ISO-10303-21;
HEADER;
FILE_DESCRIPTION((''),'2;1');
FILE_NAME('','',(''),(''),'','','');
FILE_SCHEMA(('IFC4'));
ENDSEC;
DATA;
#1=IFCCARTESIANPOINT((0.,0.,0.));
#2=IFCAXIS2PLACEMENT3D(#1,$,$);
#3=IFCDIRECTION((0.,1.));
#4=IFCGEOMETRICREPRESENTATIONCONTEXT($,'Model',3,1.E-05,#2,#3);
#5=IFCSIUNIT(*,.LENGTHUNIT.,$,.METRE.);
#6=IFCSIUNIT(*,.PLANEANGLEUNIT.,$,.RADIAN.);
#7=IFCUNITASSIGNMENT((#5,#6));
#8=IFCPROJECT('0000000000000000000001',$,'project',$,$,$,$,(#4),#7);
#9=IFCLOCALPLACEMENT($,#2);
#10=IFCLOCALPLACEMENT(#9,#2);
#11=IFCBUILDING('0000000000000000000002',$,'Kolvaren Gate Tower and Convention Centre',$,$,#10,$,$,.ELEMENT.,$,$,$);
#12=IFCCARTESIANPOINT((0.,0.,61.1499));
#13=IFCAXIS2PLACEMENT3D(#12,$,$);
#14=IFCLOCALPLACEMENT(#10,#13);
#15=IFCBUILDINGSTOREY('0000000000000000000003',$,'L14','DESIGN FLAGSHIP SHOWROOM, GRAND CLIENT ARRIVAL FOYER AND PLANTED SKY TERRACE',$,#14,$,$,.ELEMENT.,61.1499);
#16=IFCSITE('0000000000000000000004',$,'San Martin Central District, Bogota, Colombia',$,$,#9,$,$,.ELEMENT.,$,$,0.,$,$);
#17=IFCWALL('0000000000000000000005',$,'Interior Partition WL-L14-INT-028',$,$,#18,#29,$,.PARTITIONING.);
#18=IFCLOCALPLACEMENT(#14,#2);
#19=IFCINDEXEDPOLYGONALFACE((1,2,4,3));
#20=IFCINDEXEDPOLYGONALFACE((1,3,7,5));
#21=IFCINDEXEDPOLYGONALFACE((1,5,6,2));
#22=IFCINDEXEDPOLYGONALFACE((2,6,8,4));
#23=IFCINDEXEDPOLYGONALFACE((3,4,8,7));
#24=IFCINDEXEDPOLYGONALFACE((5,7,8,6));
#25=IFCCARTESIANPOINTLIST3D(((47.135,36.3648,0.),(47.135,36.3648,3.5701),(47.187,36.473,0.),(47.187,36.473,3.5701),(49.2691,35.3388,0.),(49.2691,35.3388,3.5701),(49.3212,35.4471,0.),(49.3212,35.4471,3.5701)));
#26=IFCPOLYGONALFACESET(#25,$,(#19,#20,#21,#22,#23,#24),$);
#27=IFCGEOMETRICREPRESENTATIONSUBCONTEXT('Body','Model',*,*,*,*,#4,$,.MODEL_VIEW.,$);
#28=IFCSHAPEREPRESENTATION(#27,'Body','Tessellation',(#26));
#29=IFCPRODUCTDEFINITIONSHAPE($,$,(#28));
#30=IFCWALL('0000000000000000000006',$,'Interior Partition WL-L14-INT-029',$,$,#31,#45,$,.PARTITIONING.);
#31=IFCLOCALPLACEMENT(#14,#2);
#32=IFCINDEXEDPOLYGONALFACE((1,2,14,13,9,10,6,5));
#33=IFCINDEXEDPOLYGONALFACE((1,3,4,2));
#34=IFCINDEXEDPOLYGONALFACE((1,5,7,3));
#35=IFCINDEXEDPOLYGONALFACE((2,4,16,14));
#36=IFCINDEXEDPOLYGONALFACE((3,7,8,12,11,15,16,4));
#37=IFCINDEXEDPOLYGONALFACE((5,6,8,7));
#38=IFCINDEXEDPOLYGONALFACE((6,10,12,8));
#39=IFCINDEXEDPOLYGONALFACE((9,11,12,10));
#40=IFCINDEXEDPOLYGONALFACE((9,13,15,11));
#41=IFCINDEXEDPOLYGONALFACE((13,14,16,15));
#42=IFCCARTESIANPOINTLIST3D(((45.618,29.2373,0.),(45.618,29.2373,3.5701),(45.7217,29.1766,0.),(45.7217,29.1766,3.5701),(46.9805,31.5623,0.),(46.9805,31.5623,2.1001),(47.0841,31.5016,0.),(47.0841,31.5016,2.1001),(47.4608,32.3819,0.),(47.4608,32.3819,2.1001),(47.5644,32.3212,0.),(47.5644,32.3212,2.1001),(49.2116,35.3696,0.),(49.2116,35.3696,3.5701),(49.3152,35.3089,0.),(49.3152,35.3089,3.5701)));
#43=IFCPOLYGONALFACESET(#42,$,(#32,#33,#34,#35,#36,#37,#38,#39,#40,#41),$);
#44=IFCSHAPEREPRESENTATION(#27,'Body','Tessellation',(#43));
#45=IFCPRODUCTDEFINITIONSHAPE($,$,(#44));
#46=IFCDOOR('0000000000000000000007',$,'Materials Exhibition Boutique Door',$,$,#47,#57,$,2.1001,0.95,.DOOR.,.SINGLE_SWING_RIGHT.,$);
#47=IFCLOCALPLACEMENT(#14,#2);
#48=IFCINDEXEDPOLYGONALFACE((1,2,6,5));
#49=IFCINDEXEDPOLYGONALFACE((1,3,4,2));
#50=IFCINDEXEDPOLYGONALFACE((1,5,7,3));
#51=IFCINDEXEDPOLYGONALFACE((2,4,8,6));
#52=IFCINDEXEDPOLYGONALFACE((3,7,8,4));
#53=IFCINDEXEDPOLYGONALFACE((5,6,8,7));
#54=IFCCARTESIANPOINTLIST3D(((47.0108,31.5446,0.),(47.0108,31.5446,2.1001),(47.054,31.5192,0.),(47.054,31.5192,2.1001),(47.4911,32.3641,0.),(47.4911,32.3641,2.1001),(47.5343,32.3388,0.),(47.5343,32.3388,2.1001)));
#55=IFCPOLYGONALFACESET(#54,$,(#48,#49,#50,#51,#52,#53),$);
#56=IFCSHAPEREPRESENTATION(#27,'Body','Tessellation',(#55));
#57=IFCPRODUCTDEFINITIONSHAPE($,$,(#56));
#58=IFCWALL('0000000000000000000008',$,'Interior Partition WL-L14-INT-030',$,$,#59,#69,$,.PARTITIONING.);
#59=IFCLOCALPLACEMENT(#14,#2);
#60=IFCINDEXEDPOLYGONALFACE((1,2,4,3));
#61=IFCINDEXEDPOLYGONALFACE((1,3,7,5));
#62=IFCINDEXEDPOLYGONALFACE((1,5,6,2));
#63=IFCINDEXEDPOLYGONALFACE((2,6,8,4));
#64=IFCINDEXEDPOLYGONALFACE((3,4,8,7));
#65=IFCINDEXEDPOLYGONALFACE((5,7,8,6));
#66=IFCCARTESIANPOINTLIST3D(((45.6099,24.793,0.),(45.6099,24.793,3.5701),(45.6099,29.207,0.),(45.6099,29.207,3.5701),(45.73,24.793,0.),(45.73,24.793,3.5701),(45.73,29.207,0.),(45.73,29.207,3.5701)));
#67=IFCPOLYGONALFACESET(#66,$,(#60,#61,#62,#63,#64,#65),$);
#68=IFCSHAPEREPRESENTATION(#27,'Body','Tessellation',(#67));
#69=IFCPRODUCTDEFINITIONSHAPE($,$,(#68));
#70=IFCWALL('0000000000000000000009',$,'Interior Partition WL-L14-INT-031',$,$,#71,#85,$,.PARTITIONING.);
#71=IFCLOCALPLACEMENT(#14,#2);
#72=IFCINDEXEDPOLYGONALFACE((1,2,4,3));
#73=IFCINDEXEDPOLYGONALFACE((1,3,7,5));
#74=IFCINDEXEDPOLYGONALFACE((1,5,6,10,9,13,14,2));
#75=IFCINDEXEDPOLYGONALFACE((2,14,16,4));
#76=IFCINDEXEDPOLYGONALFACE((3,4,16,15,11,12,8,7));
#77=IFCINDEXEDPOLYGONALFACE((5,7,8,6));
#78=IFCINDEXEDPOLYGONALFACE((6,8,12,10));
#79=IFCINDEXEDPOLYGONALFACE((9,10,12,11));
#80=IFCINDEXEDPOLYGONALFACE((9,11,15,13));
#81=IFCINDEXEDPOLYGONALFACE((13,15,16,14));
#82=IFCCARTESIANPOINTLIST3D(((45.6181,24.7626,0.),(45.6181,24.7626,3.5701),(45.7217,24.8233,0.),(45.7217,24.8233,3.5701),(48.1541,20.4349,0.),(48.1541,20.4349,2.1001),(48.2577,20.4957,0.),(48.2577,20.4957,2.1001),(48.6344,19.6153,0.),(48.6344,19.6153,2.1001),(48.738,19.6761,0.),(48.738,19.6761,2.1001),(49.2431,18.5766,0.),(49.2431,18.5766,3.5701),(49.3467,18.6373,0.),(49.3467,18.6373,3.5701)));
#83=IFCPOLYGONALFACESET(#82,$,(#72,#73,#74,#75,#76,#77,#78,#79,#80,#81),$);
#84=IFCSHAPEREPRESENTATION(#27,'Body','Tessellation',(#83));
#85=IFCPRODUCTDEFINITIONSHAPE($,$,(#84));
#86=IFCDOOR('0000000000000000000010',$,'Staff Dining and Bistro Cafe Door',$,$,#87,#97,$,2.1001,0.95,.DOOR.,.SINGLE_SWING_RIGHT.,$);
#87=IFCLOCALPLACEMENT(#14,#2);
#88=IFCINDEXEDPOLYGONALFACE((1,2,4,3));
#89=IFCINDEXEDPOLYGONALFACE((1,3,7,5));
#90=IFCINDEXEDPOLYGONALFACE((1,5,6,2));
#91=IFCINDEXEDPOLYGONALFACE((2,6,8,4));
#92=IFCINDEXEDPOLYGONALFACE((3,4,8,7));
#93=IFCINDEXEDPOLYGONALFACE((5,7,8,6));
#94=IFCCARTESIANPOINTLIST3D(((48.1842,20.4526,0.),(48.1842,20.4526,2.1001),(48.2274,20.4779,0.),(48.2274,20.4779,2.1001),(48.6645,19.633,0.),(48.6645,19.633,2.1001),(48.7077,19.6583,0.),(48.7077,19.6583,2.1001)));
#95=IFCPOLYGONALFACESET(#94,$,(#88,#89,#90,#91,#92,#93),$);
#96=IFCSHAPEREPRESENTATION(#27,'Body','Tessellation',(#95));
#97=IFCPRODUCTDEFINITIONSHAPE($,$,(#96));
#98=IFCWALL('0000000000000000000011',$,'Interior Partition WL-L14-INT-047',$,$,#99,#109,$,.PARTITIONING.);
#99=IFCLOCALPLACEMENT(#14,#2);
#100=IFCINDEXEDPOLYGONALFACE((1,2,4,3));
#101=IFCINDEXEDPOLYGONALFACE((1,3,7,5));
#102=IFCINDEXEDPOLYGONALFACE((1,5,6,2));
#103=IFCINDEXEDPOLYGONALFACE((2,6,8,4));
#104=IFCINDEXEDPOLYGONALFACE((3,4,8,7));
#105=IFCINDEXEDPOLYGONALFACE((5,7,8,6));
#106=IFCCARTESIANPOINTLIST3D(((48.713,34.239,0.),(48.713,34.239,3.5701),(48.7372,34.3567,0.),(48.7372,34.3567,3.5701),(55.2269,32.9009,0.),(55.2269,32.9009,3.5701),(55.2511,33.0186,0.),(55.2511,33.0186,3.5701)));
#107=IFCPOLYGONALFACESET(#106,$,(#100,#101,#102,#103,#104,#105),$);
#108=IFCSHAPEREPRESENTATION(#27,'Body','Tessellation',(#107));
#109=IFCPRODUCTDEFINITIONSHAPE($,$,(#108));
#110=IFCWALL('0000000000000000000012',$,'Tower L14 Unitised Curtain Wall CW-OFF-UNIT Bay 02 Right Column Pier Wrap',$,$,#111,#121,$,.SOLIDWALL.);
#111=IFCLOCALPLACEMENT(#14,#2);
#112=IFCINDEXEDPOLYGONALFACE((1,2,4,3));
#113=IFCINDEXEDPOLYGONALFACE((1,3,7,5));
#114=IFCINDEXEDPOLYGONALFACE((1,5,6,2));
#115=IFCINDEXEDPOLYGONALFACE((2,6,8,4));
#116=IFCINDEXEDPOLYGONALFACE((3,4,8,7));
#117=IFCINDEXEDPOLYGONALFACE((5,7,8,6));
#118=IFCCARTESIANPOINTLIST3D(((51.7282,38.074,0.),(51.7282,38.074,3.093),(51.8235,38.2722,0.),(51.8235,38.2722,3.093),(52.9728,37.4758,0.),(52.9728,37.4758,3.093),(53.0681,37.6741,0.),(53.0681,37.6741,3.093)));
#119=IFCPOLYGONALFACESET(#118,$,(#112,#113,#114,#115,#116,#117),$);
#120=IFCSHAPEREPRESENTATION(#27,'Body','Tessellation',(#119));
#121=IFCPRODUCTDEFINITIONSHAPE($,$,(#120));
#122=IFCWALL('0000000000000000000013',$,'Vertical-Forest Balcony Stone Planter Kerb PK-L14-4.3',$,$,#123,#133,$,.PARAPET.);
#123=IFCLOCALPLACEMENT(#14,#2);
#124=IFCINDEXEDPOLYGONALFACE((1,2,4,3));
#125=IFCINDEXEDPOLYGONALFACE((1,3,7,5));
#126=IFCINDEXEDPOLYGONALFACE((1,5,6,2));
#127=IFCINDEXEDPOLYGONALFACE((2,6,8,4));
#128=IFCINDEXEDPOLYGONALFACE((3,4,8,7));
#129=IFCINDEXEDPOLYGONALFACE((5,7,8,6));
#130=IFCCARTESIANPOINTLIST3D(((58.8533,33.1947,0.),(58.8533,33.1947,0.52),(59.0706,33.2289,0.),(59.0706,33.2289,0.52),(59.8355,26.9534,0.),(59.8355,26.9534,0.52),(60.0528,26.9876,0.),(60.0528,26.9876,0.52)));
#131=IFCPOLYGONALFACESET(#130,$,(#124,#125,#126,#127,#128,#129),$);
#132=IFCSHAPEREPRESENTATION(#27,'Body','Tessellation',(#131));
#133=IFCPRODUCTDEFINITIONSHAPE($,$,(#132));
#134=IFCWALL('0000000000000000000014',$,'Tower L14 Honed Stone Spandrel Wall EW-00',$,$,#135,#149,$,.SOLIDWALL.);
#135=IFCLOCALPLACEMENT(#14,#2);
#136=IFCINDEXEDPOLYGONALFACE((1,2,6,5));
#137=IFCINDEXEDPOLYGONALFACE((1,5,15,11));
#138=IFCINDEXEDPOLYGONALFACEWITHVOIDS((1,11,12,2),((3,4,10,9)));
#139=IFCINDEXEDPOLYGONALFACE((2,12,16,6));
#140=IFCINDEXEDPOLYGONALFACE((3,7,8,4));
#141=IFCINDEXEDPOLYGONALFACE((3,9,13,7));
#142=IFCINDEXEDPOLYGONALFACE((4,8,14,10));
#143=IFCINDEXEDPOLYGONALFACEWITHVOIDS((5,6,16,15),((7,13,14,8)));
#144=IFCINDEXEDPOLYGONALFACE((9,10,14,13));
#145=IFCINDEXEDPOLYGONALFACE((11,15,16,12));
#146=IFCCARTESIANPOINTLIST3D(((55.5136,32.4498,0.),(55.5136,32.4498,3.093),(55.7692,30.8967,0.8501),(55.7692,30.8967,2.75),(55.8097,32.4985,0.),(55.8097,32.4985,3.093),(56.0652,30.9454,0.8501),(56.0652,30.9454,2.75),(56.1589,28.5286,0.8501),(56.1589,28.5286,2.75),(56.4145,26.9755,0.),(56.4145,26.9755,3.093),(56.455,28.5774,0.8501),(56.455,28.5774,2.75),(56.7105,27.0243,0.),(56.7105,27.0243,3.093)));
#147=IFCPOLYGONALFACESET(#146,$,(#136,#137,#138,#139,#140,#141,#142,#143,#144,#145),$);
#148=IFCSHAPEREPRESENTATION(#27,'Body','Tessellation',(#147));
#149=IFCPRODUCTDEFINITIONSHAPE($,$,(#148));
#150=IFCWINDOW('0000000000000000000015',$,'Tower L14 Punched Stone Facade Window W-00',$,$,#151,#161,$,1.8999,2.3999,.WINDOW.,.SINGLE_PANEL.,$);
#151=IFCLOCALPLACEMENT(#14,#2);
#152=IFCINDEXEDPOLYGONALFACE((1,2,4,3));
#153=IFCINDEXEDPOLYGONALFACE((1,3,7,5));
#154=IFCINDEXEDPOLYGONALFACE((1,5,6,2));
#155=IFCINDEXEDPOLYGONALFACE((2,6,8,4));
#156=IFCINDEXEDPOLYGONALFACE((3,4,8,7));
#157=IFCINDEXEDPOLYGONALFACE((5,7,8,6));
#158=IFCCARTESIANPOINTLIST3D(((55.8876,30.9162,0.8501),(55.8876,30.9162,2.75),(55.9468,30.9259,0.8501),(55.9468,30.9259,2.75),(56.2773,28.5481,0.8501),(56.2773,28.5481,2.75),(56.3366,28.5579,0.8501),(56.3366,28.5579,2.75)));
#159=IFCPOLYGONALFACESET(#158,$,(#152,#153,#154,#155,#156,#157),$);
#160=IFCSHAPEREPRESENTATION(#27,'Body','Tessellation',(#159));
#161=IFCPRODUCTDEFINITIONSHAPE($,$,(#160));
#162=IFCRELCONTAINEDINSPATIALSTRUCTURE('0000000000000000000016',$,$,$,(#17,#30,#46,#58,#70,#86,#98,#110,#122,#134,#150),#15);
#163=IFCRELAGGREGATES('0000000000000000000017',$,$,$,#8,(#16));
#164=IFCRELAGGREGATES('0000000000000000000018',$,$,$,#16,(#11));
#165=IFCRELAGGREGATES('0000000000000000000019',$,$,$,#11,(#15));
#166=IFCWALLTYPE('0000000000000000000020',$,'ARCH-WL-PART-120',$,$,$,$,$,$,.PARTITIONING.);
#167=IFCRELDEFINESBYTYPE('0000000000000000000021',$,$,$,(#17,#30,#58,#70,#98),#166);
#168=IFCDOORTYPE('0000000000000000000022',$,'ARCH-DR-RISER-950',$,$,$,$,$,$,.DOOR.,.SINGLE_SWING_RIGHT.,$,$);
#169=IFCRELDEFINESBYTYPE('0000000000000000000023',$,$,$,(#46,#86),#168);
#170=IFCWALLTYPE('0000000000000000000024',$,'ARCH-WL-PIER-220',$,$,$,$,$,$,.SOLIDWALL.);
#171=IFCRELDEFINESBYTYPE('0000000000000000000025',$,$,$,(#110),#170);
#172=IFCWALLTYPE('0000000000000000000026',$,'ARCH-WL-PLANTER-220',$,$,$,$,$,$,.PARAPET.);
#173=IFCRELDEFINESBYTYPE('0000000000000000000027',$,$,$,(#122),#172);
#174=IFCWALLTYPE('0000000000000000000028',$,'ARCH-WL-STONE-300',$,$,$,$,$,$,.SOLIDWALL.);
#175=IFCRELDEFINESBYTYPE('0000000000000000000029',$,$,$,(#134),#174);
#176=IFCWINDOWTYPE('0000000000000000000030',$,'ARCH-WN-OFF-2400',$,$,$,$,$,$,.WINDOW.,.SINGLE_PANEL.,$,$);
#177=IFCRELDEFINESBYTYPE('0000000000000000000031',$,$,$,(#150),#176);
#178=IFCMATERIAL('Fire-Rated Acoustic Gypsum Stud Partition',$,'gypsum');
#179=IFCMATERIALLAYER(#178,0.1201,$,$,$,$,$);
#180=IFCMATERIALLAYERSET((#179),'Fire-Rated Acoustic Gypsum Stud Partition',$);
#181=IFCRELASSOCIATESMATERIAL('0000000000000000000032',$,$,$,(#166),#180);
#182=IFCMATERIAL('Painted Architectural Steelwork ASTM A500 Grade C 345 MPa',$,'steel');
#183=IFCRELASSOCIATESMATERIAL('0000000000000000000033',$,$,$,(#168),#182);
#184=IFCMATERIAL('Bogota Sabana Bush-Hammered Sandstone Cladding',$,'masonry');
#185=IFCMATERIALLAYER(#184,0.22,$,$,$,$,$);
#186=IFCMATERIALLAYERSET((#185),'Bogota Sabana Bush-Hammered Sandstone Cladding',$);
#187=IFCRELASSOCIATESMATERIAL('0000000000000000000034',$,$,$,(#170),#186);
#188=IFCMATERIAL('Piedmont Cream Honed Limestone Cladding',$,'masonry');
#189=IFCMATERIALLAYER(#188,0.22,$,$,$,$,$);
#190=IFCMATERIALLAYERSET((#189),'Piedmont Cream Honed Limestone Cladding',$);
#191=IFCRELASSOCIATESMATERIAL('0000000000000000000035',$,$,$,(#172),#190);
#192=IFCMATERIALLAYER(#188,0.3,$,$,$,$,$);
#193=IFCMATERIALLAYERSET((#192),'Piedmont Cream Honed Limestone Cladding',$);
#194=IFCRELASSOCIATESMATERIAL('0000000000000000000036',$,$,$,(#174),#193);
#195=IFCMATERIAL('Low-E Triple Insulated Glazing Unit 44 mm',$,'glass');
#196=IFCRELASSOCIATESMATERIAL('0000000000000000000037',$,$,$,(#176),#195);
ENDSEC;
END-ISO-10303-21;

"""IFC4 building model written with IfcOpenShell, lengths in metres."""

from ifc_helpers import new_model, si_unit, direction, frame, frame_2d, origin, place, context, subcontext, project, spatial, rectangle, extrude, material, layer, layer_set, type_object, element, fill, save


model = new_model("IFC4")

# Units and contexts
model_context = context("Model", 3, precision=1e-05, world=origin(), true_north=direction((0.0, 1.0)))
body_context = subcontext(model_context, "Body", "Model", "MODEL_VIEW")
ifc_project = project(units=[si_unit("LENGTHUNIT", "METRE"), si_unit("PLANEANGLEUNIT", "RADIAN")], contexts=[model_context])

# Site, building, storey
site_placement = place(None, origin())
site = spatial("IfcSite", under=ifc_project, at=site_placement, Name="San Martin Central District, Bogota, Colombia", CompositionType="ELEMENT", RefElevation=0.0)
building_placement = place(site_placement, origin())
building = spatial("IfcBuilding", under=site, at=building_placement, Name="Kolvaren Gate Tower and Convention Centre", CompositionType="ELEMENT")
storey_placement = place(building_placement, frame((0.0, 0.0, 61.1499)))
storey = spatial("IfcBuildingStorey", under=building, at=storey_placement, Name="L14", Description="DESIGN FLAGSHIP SHOWROOM, GRAND CLIENT ARRIVAL FOYER AND PLANTED SKY TERRACE", CompositionType="ELEMENT", Elevation=61.1499)

# Shared definitions
ifc_material_1 = material(Name="Low-E Triple Insulated Glazing Unit 44 mm", Category="glass")

# Wall
ifc_material_2 = material(Name="Fire-Rated Acoustic Gypsum Stud Partition", Category="gypsum")
ifc_layer_1 = layer(ifc_material_2, 0.1201)
ifc_layer_set_1 = layer_set([ifc_layer_1], Name="Fire-Rated Acoustic Gypsum Stud Partition")
wall_type_1 = type_object("IfcWallType", Name="ARCH-WL-PART-120", PredefinedType="PARTITIONING", material=ifc_layer_set_1)
wall_1_placement = place(storey_placement, frame((47.1609, 36.4189, 0.0), z_axis=(0.0, 0.0, 1.0), x_axis=(0.901269, -0.433261, 0.0)))
element("IfcWall", 1, at=wall_1_placement, inside=storey, type_object=wall_type_1, Name="Interior Partition WL-L14-INT-028", PredefinedType="PARTITIONING", context=body_context, shape_type="SweptSolid", body=[
    extrude(rectangle(XDim=2.3679, YDim=0.1201, at=frame_2d((1.1841, 0.0))), origin(), (0.0, 0.0, 1.0), 3.5701),
])

# Wall, opening, door
wall_2_placement = place(storey_placement, frame((45.6699, 29.207, 0.0), z_axis=(0.0, 0.0, 1.0), x_axis=(0.505583, 0.862778, 0.0)))
wall_2 = element("IfcWall", 2, at=wall_2_placement, inside=storey, type_object=wall_type_1, Name="Interior Partition WL-L14-INT-029", PredefinedType="PARTITIONING", context=body_context, shape_type="SweptSolid", body=[
    extrude(rectangle(XDim=7.1077, YDim=0.1201, at=frame_2d((3.5537, 0.0))), origin(), (0.0, 0.0, 1.0), 3.5701),
])
opening_1_placement = place(wall_2_placement, frame((2.6946, 0.0, 0.0)))
opening_1 = element("IfcOpeningElement", 3, at=opening_1_placement, cuts=wall_2, PredefinedType="OPENING", context=body_context, shape_type="SweptSolid", body=[
    extrude(rectangle(XDim=0.95, YDim=2.1001, at=frame_2d((0.4751, 1.05))), frame((0.0, 0.0701, 0.0), z_axis=(0.0, -1.0, 0.0), x_axis=(1.0, 0.0, 0.0)), (0.0, 0.0, 1.0), 0.1401),
])
ifc_material_3 = material(Name="Painted Architectural Steelwork ASTM A500 Grade C 345 MPa", Category="steel")
door_type = type_object("IfcDoorType", Name="ARCH-DR-RISER-950", OperationType="SINGLE_SWING_RIGHT", PredefinedType="DOOR", material=ifc_material_3)
door_1_placement = place(opening_1_placement, origin())
door_1 = element("IfcDoor", 4, at=door_1_placement, inside=storey, type_object=door_type, Name="Materials Exhibition Boutique Door", OperationType="SINGLE_SWING_RIGHT", OverallHeight=2.1001, OverallWidth=0.95, PredefinedType="DOOR", context=body_context, shape_type="SweptSolid", body=[
    extrude(rectangle(XDim=0.95, YDim=2.1001, at=frame_2d((0.4751, 1.05))), frame((0.0, 0.0249, 0.0), z_axis=(0.0, -1.0, 0.0), x_axis=(1.0, 0.0, 0.0)), (0.0, 0.0, 1.0), 0.05),
])
fill(opening_1, door_1)

# Wall
wall_3_placement = place(storey_placement, frame((45.6699, 24.793, 0.0), z_axis=(0.0, 0.0, 1.0), x_axis=(0.0, 1.0, 0.0)))
element("IfcWall", 5, at=wall_3_placement, inside=storey, type_object=wall_type_1, Name="Interior Partition WL-L14-INT-030", PredefinedType="PARTITIONING", context=body_context, shape_type="SweptSolid", body=[
    extrude(rectangle(XDim=4.4141, YDim=0.1201, at=frame_2d((2.207, 0.0))), origin(), (0.0, 0.0, 1.0), 3.5701),
])

# Wall, opening, door
wall_4_placement = place(storey_placement, frame((45.6699, 24.793, 0.0), z_axis=(0.0, 0.0, 1.0), x_axis=(0.505585, -0.862777, 0.0)))
wall_4 = element("IfcWall", 6, at=wall_4_placement, inside=storey, type_object=wall_type_1, Name="Interior Partition WL-L14-INT-031", PredefinedType="PARTITIONING", context=body_context, shape_type="SweptSolid", body=[
    extrude(rectangle(XDim=7.1699, YDim=0.1201, at=frame_2d((3.585, 0.0))), origin(), (0.0, 0.0, 1.0), 3.5701),
])
opening_2_placement = place(wall_4_placement, frame((5.0159, 0.0, 0.0)))
opening_2 = element("IfcOpeningElement", 7, at=opening_2_placement, cuts=wall_4, PredefinedType="OPENING", context=body_context, shape_type="SweptSolid", body=[
    extrude(rectangle(XDim=0.95, YDim=2.1001, at=frame_2d((0.4751, 1.05))), frame((0.0, 0.0701, 0.0), z_axis=(0.0, -1.0, 0.0), x_axis=(1.0, 0.0, 0.0)), (0.0, 0.0, 1.0), 0.1401),
])
door_2_placement = place(opening_2_placement, origin())
door_2 = element("IfcDoor", 8, at=door_2_placement, inside=storey, type_object=door_type, Name="Staff Dining and Bistro Cafe Door", OperationType="SINGLE_SWING_RIGHT", OverallHeight=2.1001, OverallWidth=0.95, PredefinedType="DOOR", context=body_context, shape_type="SweptSolid", body=[
    extrude(rectangle(XDim=0.95, YDim=2.1001, at=frame_2d((0.4751, 1.05))), frame((0.0, 0.0249, 0.0), z_axis=(0.0, -1.0, 0.0), x_axis=(1.0, 0.0, 0.0)), (0.0, 0.0, 1.0), 0.05),
])
fill(opening_2, door_2)

# Walls
wall_5_placement = place(storey_placement, frame((48.7251, 34.2979, 0.0), z_axis=(0.0, 0.0, 1.0), x_axis=(0.979545, -0.201225, 0.0)))
element("IfcWall", 9, at=wall_5_placement, inside=storey, type_object=wall_type_1, Name="Interior Partition WL-L14-INT-047", PredefinedType="PARTITIONING", context=body_context, shape_type="SweptSolid", body=[
    extrude(rectangle(XDim=6.6499, YDim=0.1201, at=frame_2d((3.325, 0.0))), origin(), (0.0, 0.0, 1.0), 3.5701),
])
ifc_material_4 = material(Name="Bogota Sabana Bush-Hammered Sandstone Cladding", Category="masonry")
ifc_layer_2 = layer(ifc_material_4, 0.22)
ifc_layer_set_2 = layer_set([ifc_layer_2], Name="Bogota Sabana Bush-Hammered Sandstone Cladding")
wall_type_2 = type_object("IfcWallType", Name="ARCH-WL-PIER-220", PredefinedType="SOLIDWALL", material=ifc_layer_set_2)
wall_6_placement = place(storey_placement, frame((51.7759, 38.1731, 0.0), z_axis=(0.0, 0.0, 1.0), x_axis=(0.901319, -0.433156, 0.0)))
element("IfcWall", 10, at=wall_6_placement, inside=storey, type_object=wall_type_2, Name="Tower L14 Unitised Curtain Wall CW-OFF-UNIT Bay 02 Right Column Pier Wrap", PredefinedType="SOLIDWALL", context=body_context, shape_type="SweptSolid", body=[
    extrude(rectangle(XDim=1.3809, YDim=0.22, at=frame_2d((0.6904, 0.0))), origin(), (0.0, 0.0, 1.0), 3.093),
])
ifc_material_5 = material(Name="Piedmont Cream Honed Limestone Cladding", Category="masonry")
ifc_layer_3 = layer(ifc_material_5, 0.22)
ifc_layer_set_3 = layer_set([ifc_layer_3], Name="Piedmont Cream Honed Limestone Cladding")
wall_type_3 = type_object("IfcWallType", Name="ARCH-WL-PLANTER-220", PredefinedType="PARAPET", material=ifc_layer_set_3)
wall_7_placement = place(storey_placement, frame((58.9619, 33.2119, 0.0), z_axis=(0.0, 0.0, 1.0), x_axis=(0.155457, -0.987843, 0.0)))
element("IfcWall", 11, at=wall_7_placement, inside=storey, type_object=wall_type_3, Name="Vertical-Forest Balcony Stone Planter Kerb PK-L14-4.3", PredefinedType="PARAPET", context=body_context, shape_type="SweptSolid", body=[
    extrude(rectangle(XDim=6.3181, YDim=0.22, at=frame_2d((3.1592, 0.0))), origin(), (0.0, 0.0, 1.0), 0.52),
])

# Wall, opening, window
ifc_layer_4 = layer(ifc_material_5, 0.3)
ifc_layer_set_4 = layer_set([ifc_layer_4], Name="Piedmont Cream Honed Limestone Cladding")
wall_type_4 = type_object("IfcWallType", Name="ARCH-WL-STONE-300", PredefinedType="SOLIDWALL", material=ifc_layer_set_4)
wall_8_placement = place(storey_placement, frame((55.6616, 32.4741, 0.0), z_axis=(0.0, 0.0, 1.0), x_axis=(0.162386, -0.986727, 0.0)))
wall_8 = element("IfcWall", 12, at=wall_8_placement, inside=storey, type_object=wall_type_4, Name="Tower L14 Honed Stone Spandrel Wall EW-00", PredefinedType="SOLIDWALL", context=body_context, shape_type="SweptSolid", body=[
    extrude(rectangle(XDim=5.5479, YDim=0.3, at=frame_2d((2.7739, 0.0))), origin(), (0.0, 0.0, 1.0), 3.093),
])
opening_3_placement = place(wall_8_placement, frame((1.574, 0.0, 0.8501)))
opening_3 = element("IfcOpeningElement", 13, at=opening_3_placement, cuts=wall_8, PredefinedType="OPENING", context=body_context, shape_type="SweptSolid", body=[
    extrude(rectangle(XDim=2.3999, YDim=1.8999, at=frame_2d((1.2, 0.95))), frame((0.0, 0.1599, 0.0), z_axis=(0.0, -1.0, 0.0), x_axis=(1.0, 0.0, 0.0)), (0.0, 0.0, 1.0), 0.3201),
])
window_type = type_object("IfcWindowType", Name="ARCH-WN-OFF-2400", PartitioningType="SINGLE_PANEL", PredefinedType="WINDOW", material=ifc_material_1)
window_1_placement = place(opening_3_placement, origin())
window_1 = element("IfcWindow", 14, at=window_1_placement, inside=storey, type_object=window_type, Name="Tower L14 Punched Stone Facade Window W-00", OverallHeight=1.8999, OverallWidth=2.3999, PartitioningType="SINGLE_PANEL", PredefinedType="WINDOW", context=body_context, shape_type="SweptSolid", body=[
    extrude(rectangle(XDim=2.3999, YDim=1.8999, at=frame_2d((1.2, 0.95))), frame((0.0, 0.03, 0.0), z_axis=(0.0, -1.0, 0.0), x_axis=(1.0, 0.0, 0.0)), (0.0, 0.0, 1.0), 0.0601),
])
fill(opening_3, window_1)

save(model, "model.ifc")
